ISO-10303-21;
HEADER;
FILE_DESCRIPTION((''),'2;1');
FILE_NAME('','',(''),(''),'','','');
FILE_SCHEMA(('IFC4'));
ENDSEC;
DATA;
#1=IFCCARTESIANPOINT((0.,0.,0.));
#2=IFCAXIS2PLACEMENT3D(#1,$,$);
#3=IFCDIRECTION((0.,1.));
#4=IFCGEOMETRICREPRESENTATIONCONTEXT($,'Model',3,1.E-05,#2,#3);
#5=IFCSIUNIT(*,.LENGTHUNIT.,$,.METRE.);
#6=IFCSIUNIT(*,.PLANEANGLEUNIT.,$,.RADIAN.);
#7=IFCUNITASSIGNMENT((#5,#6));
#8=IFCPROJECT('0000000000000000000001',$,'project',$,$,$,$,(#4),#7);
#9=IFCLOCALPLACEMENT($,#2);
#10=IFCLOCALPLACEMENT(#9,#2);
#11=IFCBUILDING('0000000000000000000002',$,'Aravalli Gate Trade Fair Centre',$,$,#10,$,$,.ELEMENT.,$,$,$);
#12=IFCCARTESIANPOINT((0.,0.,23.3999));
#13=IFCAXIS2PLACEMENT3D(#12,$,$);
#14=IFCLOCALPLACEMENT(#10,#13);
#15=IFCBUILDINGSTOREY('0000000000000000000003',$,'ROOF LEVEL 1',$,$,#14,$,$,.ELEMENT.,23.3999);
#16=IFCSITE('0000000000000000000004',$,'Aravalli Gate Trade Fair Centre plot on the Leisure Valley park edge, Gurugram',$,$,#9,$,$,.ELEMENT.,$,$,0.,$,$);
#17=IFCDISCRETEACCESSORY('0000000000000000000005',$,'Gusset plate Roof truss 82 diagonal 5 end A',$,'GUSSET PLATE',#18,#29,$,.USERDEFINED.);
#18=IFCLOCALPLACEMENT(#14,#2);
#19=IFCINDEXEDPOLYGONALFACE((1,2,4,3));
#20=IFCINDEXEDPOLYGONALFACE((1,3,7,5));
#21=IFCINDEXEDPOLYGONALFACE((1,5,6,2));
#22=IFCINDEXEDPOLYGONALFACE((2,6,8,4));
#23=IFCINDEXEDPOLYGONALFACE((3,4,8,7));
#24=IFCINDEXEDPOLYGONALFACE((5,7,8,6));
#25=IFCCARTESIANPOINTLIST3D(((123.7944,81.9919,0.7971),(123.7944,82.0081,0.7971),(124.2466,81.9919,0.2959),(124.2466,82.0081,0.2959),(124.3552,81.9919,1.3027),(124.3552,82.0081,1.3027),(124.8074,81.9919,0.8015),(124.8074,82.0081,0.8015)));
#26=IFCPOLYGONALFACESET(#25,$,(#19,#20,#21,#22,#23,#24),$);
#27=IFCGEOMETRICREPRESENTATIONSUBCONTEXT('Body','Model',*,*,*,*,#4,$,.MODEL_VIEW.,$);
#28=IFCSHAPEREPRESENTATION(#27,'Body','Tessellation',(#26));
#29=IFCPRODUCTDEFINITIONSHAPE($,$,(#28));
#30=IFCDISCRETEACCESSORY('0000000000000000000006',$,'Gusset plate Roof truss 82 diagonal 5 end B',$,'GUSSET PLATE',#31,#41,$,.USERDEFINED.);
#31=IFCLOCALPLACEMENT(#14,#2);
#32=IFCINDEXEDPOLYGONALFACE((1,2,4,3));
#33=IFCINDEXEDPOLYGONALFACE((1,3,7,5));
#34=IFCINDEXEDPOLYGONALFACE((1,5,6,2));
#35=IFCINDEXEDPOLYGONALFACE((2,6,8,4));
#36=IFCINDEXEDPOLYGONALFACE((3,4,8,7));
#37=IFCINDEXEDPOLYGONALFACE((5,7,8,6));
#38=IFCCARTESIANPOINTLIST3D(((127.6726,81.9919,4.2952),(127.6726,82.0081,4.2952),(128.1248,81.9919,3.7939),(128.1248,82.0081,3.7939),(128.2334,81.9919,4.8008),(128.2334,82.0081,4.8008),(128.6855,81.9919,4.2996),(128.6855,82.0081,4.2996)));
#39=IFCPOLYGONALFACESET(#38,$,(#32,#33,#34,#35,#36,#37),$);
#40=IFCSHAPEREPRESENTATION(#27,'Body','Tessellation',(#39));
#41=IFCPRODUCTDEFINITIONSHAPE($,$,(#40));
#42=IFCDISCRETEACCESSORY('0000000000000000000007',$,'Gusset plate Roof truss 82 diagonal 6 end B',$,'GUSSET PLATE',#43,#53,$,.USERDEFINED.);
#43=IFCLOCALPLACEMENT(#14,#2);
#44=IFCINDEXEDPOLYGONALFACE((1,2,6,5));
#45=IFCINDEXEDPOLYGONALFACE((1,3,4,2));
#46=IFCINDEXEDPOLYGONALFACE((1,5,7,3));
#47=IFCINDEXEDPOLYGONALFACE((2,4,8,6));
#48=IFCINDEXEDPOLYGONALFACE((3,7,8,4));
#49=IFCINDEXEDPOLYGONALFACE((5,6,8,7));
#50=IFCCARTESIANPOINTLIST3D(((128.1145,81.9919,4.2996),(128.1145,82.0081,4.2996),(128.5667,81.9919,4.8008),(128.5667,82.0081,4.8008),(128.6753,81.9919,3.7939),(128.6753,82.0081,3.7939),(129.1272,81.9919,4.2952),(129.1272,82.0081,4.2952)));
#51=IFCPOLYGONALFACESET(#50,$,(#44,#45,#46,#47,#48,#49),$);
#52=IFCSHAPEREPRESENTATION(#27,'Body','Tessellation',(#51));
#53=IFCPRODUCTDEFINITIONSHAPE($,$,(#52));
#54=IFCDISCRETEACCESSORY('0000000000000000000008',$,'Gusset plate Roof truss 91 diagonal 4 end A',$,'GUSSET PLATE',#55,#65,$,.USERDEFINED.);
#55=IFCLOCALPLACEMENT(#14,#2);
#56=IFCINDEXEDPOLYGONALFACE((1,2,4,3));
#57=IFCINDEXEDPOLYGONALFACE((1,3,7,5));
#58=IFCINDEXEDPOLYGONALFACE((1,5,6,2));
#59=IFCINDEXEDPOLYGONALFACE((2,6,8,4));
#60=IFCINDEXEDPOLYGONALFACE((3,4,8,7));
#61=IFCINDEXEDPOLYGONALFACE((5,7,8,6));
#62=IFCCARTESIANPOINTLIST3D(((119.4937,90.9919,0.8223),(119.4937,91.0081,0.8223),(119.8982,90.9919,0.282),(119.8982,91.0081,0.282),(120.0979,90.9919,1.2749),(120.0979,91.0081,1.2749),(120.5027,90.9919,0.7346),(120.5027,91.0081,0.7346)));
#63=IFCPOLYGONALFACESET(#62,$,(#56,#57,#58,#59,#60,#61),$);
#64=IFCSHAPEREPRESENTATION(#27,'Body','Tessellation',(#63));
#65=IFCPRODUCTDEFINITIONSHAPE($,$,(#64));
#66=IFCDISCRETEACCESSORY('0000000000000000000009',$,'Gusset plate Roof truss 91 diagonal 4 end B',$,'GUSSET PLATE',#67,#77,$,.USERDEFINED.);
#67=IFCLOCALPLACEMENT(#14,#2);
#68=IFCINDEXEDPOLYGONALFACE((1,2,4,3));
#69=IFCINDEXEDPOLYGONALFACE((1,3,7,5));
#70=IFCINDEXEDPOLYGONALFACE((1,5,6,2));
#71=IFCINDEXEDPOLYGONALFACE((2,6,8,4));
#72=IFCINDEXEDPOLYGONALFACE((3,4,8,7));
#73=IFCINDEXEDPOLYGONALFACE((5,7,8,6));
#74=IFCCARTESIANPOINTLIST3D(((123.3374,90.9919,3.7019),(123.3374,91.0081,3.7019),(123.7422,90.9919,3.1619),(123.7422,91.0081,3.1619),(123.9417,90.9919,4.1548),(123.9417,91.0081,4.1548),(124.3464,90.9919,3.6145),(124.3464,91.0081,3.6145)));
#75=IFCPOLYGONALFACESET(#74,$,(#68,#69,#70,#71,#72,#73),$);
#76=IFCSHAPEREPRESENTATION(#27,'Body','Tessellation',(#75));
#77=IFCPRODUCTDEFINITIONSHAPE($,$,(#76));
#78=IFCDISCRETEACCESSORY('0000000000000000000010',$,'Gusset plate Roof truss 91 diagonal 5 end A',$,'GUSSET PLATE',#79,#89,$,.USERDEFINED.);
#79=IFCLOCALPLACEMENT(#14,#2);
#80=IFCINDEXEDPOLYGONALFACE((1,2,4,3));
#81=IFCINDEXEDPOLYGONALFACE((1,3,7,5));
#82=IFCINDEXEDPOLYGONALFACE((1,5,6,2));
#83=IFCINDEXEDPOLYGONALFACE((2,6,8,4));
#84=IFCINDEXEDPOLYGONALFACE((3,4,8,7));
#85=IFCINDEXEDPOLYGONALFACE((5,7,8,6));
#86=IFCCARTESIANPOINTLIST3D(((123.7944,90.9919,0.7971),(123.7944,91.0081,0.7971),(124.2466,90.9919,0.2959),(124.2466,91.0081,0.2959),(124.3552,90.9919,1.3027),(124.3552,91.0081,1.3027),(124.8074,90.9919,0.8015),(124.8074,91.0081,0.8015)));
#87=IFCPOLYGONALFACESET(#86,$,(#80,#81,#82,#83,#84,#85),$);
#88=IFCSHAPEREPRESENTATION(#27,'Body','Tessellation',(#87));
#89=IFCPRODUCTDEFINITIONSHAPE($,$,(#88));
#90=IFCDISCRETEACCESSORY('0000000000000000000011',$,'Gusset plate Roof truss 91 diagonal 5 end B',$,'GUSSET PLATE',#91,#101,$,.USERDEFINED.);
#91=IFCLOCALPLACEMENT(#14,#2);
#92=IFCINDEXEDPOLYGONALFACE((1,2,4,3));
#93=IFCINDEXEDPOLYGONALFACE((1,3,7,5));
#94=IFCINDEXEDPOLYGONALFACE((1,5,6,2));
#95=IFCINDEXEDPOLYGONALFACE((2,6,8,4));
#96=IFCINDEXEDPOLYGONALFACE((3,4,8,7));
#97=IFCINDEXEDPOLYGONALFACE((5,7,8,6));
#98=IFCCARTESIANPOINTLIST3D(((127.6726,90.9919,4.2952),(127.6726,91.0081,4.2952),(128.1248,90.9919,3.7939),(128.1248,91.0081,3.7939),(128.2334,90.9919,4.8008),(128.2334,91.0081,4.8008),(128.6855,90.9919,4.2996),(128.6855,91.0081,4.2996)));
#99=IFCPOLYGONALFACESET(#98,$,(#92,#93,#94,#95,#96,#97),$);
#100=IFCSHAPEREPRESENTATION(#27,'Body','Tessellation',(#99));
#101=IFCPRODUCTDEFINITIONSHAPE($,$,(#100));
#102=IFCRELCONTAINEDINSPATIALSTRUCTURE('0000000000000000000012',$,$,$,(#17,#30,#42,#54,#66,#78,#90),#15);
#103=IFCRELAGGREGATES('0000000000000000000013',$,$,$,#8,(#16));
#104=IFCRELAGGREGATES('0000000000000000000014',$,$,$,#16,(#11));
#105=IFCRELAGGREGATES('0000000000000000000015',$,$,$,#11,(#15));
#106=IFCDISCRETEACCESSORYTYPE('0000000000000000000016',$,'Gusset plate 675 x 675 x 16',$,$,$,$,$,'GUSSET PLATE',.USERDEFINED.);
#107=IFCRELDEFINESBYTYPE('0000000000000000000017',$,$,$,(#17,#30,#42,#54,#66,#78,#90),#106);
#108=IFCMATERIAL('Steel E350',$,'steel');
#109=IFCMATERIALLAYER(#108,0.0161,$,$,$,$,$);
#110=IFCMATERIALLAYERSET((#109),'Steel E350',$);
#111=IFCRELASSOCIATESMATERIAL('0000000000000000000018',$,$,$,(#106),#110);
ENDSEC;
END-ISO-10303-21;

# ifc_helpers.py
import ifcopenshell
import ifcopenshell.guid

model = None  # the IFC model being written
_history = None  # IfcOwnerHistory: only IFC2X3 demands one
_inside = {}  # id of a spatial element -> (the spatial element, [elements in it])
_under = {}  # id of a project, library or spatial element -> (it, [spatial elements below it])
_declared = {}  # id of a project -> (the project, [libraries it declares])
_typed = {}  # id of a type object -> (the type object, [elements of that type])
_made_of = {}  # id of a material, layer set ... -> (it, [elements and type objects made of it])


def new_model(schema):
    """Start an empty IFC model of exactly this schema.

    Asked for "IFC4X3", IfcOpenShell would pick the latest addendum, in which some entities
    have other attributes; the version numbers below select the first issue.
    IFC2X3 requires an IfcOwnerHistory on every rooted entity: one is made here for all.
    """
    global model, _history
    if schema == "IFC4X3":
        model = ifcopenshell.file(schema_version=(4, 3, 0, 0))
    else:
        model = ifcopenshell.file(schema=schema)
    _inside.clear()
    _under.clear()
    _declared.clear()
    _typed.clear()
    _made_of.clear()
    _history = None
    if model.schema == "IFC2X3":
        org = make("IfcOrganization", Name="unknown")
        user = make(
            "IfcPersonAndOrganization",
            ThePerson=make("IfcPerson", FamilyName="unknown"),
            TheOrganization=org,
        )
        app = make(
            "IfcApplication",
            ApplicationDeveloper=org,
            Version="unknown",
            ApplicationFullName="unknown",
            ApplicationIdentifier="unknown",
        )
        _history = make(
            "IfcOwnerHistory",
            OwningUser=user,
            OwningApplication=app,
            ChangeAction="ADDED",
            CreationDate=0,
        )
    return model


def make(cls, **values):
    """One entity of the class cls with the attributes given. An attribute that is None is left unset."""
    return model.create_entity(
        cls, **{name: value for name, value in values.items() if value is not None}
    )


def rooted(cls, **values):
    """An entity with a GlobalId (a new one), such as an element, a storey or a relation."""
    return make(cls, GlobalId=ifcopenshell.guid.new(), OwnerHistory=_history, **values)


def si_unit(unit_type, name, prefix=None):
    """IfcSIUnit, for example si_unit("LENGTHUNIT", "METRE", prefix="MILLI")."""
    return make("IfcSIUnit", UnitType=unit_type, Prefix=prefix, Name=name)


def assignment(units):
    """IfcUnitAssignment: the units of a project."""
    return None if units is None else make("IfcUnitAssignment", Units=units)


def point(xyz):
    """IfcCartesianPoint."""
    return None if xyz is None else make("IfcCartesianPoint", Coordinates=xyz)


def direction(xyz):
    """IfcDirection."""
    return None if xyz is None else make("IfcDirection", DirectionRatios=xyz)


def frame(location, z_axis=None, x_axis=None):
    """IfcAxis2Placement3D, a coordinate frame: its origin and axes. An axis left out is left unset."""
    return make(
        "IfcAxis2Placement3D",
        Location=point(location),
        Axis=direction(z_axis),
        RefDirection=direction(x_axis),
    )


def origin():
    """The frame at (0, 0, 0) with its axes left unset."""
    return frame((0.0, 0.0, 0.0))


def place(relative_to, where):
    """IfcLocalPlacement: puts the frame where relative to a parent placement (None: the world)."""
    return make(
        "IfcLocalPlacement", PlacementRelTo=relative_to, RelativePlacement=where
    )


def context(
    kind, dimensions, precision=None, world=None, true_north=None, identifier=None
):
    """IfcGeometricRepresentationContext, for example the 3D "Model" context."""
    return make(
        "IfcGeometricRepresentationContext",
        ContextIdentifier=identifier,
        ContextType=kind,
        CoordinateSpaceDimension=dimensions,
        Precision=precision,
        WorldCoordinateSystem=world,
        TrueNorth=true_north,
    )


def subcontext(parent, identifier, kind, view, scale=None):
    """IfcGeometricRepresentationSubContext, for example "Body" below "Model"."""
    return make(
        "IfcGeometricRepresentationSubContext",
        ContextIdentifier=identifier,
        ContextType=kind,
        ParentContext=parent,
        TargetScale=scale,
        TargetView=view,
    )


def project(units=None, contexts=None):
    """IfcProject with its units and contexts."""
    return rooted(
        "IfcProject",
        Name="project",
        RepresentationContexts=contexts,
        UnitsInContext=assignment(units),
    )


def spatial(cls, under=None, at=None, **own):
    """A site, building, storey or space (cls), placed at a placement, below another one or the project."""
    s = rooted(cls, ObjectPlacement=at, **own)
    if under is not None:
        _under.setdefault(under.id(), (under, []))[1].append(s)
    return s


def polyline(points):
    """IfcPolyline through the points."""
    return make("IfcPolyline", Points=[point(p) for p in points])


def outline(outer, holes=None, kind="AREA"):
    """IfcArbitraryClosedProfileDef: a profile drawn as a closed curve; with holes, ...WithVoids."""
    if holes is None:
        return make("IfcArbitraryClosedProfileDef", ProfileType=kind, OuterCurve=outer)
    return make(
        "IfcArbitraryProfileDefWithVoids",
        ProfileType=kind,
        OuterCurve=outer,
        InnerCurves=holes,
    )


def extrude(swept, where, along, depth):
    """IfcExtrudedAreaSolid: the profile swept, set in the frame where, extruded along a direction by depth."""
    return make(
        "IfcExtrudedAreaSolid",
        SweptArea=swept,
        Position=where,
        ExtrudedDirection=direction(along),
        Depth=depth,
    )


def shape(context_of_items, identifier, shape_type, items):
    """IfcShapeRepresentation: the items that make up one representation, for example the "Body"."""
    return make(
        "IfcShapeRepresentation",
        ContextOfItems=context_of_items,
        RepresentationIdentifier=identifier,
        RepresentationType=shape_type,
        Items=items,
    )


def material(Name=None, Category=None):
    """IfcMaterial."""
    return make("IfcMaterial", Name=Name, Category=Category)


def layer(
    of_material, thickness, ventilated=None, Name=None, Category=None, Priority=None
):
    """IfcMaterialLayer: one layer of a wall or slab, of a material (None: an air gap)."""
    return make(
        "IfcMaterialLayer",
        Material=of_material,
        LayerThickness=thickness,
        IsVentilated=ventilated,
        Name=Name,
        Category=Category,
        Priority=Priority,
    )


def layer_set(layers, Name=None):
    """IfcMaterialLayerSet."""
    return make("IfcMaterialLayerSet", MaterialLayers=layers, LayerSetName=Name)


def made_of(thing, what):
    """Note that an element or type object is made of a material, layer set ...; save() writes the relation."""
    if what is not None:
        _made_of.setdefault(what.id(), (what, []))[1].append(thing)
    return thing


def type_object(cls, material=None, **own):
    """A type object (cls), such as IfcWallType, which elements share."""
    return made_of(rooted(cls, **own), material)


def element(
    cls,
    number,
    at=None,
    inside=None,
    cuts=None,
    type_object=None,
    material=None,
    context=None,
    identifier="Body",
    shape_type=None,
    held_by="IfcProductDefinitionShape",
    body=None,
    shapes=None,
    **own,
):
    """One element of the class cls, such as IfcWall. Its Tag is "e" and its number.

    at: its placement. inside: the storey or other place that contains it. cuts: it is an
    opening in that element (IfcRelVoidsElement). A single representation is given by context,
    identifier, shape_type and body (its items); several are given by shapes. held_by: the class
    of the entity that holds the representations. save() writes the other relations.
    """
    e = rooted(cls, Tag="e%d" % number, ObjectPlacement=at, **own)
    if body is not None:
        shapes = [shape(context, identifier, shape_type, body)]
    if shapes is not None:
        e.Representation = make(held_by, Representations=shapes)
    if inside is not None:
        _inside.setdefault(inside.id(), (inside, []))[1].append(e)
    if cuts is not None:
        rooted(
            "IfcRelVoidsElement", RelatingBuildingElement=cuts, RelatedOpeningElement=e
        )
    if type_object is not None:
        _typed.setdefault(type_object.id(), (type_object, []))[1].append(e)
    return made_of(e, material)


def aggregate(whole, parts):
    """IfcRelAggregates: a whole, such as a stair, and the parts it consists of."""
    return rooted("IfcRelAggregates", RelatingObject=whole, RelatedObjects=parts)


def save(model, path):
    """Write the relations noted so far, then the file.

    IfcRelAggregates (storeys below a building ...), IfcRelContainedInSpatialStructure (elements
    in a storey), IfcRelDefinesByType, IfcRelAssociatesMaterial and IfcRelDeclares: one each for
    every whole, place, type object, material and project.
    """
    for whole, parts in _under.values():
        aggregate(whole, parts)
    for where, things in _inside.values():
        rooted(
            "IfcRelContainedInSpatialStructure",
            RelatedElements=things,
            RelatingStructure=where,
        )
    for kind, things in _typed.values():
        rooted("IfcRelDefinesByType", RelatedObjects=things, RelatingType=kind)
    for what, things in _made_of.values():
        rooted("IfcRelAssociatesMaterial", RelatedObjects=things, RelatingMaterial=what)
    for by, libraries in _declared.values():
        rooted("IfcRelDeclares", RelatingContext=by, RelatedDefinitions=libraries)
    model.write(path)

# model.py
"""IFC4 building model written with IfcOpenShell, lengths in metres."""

from ifc_helpers import new_model, si_unit, direction, frame, origin, place, context, subcontext, project, spatial, polyline, outline, extrude, material, layer, layer_set, type_object, element, save


model = new_model("IFC4")

# Units and contexts
model_context = context("Model", 3, precision=1e-05, world=origin(), true_north=direction((0.0, 1.0)))
body_context = subcontext(model_context, "Body", "Model", "MODEL_VIEW")
ifc_project = project(units=[si_unit("LENGTHUNIT", "METRE"), si_unit("PLANEANGLEUNIT", "RADIAN")], contexts=[model_context])

# Site, building, storey
site_placement = place(None, origin())
site = spatial("IfcSite", under=ifc_project, at=site_placement, Name="Aravalli Gate Trade Fair Centre plot on the Leisure Valley park edge, Gurugram", CompositionType="ELEMENT", RefElevation=0.0)
building_placement = place(site_placement, origin())
building = spatial("IfcBuilding", under=site, at=building_placement, Name="Aravalli Gate Trade Fair Centre", CompositionType="ELEMENT")
storey_placement = place(building_placement, frame((0.0, 0.0, 23.3999)))
storey = spatial("IfcBuildingStorey", under=building, at=storey_placement, Name="ROOF LEVEL 1", CompositionType="ELEMENT", Elevation=23.3999)

# Shared definitions
ifc_material = material(Name="Steel E350", Category="steel")

# Discrete accessories
ifc_layer_1 = layer(ifc_material, 0.0161)
ifc_layer_set_1 = layer_set([ifc_layer_1], Name="Steel E350")
discrete_accessory_type_1 = type_object("IfcDiscreteAccessoryType", Name="Gusset plate 675 x 675 x 16", ElementType="GUSSET PLATE", PredefinedType="USERDEFINED", material=ifc_layer_set_1)
for number, where, z_axis, x_axis, name in (
    (1, (124.3552, 81.9919, 1.3027), (0.0, -1.0, 0.0), (-0.742699, 0.0, -0.669625), "Gusset plate Roof truss 82 diagonal 5 end A"),
    (2, (128.1248, 81.9919, 3.7939), (0.0, -1.0, 0.0), (0.742699, 0.0, 0.669625), "Gusset plate Roof truss 82 diagonal 5 end B"),
):
    element("IfcDiscreteAccessory", number, at=place(storey_placement, frame(where, z_axis=z_axis, x_axis=x_axis)), inside=storey, type_object=discrete_accessory_type_1, Name=name, ObjectType="GUSSET PLATE", PredefinedType="USERDEFINED", context=body_context, shape_type="SweptSolid", body=[
        extrude(outline(polyline([(0.0, 0.0), (0.7551, 0.0), (0.7549, 0.675), (-0.0002, 0.675), (0.0, 0.0)])), origin(), (0.0, 0.0, -1.0), 0.0161),
    ])
discrete_accessory_1_placement = place(storey_placement, frame((128.6753, 82.0081, 3.7939), z_axis=(0.0, 1.0, 0.0), x_axis=(-0.742699, 0.0, 0.669625)))
element("IfcDiscreteAccessory", 3, at=discrete_accessory_1_placement, inside=storey, type_object=discrete_accessory_type_1, Name="Gusset plate Roof truss 82 diagonal 6 end B", ObjectType="GUSSET PLATE", PredefinedType="USERDEFINED", context=body_context, shape_type="SweptSolid", body=[
    extrude(outline(polyline([(0.0, 0.0), (0.7551, 0.0), (0.7549, 0.675), (0.0, 0.6749), (0.0, 0.0)])), origin(), (0.0, 0.0, -1.0), 0.0161),
])
discrete_accessory_2_placement = place(storey_placement, frame((120.0979, 90.9919, 1.2749), z_axis=(0.0, -1.0, 0.0), x_axis=(-0.800349, 0.0, -0.599534)))
element("IfcDiscreteAccessory", 4, at=discrete_accessory_2_placement, inside=storey, type_object=discrete_accessory_type_1, Name="Gusset plate Roof truss 91 diagonal 4 end A", ObjectType="GUSSET PLATE", PredefinedType="USERDEFINED", context=body_context, shape_type="SweptSolid", body=[
    extrude(outline(polyline([(0.0, 0.0), (0.755, 0.0), (0.7551, 0.675), (-0.0001, 0.6751), (0.0, 0.0)])), origin(), (0.0, 0.0, -1.0), 0.0161),
])
discrete_accessory_3_placement = place(storey_placement, frame((123.7422, 90.9919, 3.1619), z_axis=(0.0, -1.0, 0.0), x_axis=(0.800349, 0.0, 0.599534)))
element("IfcDiscreteAccessory", 5, at=discrete_accessory_3_placement, inside=storey, type_object=discrete_accessory_type_1, Name="Gusset plate Roof truss 91 diagonal 4 end B", ObjectType="GUSSET PLATE", PredefinedType="USERDEFINED", context=body_context, shape_type="SweptSolid", body=[
    extrude(outline(polyline([(0.0, 0.0), (0.755, 0.0), (0.7549, 0.6751), (-0.0002, 0.6749), (0.0, 0.0)])), origin(), (0.0, 0.0, -1.0), 0.0161),
])
for number, where, z_axis, x_axis, name in (
    (6, (124.3552, 90.9919, 1.3027), (0.0, -1.0, 0.0), (-0.742699, 0.0, -0.669625), "Gusset plate Roof truss 91 diagonal 5 end A"),
    (7, (128.1248, 90.9919, 3.7939), (0.0, -1.0, 0.0), (0.742699, 0.0, 0.669625), "Gusset plate Roof truss 91 diagonal 5 end B"),
):
    element("IfcDiscreteAccessory", number, at=place(storey_placement, frame(where, z_axis=z_axis, x_axis=x_axis)), inside=storey, type_object=discrete_accessory_type_1, Name=name, ObjectType="GUSSET PLATE", PredefinedType="USERDEFINED", context=body_context, shape_type="SweptSolid", body=[
        extrude(outline(polyline([(0.0, 0.0), (0.7551, 0.0), (0.7549, 0.675), (-0.0002, 0.675), (0.0, 0.0)])), origin(), (0.0, 0.0, -1.0), 0.0161),
    ])

save(model, "model.ifc")
